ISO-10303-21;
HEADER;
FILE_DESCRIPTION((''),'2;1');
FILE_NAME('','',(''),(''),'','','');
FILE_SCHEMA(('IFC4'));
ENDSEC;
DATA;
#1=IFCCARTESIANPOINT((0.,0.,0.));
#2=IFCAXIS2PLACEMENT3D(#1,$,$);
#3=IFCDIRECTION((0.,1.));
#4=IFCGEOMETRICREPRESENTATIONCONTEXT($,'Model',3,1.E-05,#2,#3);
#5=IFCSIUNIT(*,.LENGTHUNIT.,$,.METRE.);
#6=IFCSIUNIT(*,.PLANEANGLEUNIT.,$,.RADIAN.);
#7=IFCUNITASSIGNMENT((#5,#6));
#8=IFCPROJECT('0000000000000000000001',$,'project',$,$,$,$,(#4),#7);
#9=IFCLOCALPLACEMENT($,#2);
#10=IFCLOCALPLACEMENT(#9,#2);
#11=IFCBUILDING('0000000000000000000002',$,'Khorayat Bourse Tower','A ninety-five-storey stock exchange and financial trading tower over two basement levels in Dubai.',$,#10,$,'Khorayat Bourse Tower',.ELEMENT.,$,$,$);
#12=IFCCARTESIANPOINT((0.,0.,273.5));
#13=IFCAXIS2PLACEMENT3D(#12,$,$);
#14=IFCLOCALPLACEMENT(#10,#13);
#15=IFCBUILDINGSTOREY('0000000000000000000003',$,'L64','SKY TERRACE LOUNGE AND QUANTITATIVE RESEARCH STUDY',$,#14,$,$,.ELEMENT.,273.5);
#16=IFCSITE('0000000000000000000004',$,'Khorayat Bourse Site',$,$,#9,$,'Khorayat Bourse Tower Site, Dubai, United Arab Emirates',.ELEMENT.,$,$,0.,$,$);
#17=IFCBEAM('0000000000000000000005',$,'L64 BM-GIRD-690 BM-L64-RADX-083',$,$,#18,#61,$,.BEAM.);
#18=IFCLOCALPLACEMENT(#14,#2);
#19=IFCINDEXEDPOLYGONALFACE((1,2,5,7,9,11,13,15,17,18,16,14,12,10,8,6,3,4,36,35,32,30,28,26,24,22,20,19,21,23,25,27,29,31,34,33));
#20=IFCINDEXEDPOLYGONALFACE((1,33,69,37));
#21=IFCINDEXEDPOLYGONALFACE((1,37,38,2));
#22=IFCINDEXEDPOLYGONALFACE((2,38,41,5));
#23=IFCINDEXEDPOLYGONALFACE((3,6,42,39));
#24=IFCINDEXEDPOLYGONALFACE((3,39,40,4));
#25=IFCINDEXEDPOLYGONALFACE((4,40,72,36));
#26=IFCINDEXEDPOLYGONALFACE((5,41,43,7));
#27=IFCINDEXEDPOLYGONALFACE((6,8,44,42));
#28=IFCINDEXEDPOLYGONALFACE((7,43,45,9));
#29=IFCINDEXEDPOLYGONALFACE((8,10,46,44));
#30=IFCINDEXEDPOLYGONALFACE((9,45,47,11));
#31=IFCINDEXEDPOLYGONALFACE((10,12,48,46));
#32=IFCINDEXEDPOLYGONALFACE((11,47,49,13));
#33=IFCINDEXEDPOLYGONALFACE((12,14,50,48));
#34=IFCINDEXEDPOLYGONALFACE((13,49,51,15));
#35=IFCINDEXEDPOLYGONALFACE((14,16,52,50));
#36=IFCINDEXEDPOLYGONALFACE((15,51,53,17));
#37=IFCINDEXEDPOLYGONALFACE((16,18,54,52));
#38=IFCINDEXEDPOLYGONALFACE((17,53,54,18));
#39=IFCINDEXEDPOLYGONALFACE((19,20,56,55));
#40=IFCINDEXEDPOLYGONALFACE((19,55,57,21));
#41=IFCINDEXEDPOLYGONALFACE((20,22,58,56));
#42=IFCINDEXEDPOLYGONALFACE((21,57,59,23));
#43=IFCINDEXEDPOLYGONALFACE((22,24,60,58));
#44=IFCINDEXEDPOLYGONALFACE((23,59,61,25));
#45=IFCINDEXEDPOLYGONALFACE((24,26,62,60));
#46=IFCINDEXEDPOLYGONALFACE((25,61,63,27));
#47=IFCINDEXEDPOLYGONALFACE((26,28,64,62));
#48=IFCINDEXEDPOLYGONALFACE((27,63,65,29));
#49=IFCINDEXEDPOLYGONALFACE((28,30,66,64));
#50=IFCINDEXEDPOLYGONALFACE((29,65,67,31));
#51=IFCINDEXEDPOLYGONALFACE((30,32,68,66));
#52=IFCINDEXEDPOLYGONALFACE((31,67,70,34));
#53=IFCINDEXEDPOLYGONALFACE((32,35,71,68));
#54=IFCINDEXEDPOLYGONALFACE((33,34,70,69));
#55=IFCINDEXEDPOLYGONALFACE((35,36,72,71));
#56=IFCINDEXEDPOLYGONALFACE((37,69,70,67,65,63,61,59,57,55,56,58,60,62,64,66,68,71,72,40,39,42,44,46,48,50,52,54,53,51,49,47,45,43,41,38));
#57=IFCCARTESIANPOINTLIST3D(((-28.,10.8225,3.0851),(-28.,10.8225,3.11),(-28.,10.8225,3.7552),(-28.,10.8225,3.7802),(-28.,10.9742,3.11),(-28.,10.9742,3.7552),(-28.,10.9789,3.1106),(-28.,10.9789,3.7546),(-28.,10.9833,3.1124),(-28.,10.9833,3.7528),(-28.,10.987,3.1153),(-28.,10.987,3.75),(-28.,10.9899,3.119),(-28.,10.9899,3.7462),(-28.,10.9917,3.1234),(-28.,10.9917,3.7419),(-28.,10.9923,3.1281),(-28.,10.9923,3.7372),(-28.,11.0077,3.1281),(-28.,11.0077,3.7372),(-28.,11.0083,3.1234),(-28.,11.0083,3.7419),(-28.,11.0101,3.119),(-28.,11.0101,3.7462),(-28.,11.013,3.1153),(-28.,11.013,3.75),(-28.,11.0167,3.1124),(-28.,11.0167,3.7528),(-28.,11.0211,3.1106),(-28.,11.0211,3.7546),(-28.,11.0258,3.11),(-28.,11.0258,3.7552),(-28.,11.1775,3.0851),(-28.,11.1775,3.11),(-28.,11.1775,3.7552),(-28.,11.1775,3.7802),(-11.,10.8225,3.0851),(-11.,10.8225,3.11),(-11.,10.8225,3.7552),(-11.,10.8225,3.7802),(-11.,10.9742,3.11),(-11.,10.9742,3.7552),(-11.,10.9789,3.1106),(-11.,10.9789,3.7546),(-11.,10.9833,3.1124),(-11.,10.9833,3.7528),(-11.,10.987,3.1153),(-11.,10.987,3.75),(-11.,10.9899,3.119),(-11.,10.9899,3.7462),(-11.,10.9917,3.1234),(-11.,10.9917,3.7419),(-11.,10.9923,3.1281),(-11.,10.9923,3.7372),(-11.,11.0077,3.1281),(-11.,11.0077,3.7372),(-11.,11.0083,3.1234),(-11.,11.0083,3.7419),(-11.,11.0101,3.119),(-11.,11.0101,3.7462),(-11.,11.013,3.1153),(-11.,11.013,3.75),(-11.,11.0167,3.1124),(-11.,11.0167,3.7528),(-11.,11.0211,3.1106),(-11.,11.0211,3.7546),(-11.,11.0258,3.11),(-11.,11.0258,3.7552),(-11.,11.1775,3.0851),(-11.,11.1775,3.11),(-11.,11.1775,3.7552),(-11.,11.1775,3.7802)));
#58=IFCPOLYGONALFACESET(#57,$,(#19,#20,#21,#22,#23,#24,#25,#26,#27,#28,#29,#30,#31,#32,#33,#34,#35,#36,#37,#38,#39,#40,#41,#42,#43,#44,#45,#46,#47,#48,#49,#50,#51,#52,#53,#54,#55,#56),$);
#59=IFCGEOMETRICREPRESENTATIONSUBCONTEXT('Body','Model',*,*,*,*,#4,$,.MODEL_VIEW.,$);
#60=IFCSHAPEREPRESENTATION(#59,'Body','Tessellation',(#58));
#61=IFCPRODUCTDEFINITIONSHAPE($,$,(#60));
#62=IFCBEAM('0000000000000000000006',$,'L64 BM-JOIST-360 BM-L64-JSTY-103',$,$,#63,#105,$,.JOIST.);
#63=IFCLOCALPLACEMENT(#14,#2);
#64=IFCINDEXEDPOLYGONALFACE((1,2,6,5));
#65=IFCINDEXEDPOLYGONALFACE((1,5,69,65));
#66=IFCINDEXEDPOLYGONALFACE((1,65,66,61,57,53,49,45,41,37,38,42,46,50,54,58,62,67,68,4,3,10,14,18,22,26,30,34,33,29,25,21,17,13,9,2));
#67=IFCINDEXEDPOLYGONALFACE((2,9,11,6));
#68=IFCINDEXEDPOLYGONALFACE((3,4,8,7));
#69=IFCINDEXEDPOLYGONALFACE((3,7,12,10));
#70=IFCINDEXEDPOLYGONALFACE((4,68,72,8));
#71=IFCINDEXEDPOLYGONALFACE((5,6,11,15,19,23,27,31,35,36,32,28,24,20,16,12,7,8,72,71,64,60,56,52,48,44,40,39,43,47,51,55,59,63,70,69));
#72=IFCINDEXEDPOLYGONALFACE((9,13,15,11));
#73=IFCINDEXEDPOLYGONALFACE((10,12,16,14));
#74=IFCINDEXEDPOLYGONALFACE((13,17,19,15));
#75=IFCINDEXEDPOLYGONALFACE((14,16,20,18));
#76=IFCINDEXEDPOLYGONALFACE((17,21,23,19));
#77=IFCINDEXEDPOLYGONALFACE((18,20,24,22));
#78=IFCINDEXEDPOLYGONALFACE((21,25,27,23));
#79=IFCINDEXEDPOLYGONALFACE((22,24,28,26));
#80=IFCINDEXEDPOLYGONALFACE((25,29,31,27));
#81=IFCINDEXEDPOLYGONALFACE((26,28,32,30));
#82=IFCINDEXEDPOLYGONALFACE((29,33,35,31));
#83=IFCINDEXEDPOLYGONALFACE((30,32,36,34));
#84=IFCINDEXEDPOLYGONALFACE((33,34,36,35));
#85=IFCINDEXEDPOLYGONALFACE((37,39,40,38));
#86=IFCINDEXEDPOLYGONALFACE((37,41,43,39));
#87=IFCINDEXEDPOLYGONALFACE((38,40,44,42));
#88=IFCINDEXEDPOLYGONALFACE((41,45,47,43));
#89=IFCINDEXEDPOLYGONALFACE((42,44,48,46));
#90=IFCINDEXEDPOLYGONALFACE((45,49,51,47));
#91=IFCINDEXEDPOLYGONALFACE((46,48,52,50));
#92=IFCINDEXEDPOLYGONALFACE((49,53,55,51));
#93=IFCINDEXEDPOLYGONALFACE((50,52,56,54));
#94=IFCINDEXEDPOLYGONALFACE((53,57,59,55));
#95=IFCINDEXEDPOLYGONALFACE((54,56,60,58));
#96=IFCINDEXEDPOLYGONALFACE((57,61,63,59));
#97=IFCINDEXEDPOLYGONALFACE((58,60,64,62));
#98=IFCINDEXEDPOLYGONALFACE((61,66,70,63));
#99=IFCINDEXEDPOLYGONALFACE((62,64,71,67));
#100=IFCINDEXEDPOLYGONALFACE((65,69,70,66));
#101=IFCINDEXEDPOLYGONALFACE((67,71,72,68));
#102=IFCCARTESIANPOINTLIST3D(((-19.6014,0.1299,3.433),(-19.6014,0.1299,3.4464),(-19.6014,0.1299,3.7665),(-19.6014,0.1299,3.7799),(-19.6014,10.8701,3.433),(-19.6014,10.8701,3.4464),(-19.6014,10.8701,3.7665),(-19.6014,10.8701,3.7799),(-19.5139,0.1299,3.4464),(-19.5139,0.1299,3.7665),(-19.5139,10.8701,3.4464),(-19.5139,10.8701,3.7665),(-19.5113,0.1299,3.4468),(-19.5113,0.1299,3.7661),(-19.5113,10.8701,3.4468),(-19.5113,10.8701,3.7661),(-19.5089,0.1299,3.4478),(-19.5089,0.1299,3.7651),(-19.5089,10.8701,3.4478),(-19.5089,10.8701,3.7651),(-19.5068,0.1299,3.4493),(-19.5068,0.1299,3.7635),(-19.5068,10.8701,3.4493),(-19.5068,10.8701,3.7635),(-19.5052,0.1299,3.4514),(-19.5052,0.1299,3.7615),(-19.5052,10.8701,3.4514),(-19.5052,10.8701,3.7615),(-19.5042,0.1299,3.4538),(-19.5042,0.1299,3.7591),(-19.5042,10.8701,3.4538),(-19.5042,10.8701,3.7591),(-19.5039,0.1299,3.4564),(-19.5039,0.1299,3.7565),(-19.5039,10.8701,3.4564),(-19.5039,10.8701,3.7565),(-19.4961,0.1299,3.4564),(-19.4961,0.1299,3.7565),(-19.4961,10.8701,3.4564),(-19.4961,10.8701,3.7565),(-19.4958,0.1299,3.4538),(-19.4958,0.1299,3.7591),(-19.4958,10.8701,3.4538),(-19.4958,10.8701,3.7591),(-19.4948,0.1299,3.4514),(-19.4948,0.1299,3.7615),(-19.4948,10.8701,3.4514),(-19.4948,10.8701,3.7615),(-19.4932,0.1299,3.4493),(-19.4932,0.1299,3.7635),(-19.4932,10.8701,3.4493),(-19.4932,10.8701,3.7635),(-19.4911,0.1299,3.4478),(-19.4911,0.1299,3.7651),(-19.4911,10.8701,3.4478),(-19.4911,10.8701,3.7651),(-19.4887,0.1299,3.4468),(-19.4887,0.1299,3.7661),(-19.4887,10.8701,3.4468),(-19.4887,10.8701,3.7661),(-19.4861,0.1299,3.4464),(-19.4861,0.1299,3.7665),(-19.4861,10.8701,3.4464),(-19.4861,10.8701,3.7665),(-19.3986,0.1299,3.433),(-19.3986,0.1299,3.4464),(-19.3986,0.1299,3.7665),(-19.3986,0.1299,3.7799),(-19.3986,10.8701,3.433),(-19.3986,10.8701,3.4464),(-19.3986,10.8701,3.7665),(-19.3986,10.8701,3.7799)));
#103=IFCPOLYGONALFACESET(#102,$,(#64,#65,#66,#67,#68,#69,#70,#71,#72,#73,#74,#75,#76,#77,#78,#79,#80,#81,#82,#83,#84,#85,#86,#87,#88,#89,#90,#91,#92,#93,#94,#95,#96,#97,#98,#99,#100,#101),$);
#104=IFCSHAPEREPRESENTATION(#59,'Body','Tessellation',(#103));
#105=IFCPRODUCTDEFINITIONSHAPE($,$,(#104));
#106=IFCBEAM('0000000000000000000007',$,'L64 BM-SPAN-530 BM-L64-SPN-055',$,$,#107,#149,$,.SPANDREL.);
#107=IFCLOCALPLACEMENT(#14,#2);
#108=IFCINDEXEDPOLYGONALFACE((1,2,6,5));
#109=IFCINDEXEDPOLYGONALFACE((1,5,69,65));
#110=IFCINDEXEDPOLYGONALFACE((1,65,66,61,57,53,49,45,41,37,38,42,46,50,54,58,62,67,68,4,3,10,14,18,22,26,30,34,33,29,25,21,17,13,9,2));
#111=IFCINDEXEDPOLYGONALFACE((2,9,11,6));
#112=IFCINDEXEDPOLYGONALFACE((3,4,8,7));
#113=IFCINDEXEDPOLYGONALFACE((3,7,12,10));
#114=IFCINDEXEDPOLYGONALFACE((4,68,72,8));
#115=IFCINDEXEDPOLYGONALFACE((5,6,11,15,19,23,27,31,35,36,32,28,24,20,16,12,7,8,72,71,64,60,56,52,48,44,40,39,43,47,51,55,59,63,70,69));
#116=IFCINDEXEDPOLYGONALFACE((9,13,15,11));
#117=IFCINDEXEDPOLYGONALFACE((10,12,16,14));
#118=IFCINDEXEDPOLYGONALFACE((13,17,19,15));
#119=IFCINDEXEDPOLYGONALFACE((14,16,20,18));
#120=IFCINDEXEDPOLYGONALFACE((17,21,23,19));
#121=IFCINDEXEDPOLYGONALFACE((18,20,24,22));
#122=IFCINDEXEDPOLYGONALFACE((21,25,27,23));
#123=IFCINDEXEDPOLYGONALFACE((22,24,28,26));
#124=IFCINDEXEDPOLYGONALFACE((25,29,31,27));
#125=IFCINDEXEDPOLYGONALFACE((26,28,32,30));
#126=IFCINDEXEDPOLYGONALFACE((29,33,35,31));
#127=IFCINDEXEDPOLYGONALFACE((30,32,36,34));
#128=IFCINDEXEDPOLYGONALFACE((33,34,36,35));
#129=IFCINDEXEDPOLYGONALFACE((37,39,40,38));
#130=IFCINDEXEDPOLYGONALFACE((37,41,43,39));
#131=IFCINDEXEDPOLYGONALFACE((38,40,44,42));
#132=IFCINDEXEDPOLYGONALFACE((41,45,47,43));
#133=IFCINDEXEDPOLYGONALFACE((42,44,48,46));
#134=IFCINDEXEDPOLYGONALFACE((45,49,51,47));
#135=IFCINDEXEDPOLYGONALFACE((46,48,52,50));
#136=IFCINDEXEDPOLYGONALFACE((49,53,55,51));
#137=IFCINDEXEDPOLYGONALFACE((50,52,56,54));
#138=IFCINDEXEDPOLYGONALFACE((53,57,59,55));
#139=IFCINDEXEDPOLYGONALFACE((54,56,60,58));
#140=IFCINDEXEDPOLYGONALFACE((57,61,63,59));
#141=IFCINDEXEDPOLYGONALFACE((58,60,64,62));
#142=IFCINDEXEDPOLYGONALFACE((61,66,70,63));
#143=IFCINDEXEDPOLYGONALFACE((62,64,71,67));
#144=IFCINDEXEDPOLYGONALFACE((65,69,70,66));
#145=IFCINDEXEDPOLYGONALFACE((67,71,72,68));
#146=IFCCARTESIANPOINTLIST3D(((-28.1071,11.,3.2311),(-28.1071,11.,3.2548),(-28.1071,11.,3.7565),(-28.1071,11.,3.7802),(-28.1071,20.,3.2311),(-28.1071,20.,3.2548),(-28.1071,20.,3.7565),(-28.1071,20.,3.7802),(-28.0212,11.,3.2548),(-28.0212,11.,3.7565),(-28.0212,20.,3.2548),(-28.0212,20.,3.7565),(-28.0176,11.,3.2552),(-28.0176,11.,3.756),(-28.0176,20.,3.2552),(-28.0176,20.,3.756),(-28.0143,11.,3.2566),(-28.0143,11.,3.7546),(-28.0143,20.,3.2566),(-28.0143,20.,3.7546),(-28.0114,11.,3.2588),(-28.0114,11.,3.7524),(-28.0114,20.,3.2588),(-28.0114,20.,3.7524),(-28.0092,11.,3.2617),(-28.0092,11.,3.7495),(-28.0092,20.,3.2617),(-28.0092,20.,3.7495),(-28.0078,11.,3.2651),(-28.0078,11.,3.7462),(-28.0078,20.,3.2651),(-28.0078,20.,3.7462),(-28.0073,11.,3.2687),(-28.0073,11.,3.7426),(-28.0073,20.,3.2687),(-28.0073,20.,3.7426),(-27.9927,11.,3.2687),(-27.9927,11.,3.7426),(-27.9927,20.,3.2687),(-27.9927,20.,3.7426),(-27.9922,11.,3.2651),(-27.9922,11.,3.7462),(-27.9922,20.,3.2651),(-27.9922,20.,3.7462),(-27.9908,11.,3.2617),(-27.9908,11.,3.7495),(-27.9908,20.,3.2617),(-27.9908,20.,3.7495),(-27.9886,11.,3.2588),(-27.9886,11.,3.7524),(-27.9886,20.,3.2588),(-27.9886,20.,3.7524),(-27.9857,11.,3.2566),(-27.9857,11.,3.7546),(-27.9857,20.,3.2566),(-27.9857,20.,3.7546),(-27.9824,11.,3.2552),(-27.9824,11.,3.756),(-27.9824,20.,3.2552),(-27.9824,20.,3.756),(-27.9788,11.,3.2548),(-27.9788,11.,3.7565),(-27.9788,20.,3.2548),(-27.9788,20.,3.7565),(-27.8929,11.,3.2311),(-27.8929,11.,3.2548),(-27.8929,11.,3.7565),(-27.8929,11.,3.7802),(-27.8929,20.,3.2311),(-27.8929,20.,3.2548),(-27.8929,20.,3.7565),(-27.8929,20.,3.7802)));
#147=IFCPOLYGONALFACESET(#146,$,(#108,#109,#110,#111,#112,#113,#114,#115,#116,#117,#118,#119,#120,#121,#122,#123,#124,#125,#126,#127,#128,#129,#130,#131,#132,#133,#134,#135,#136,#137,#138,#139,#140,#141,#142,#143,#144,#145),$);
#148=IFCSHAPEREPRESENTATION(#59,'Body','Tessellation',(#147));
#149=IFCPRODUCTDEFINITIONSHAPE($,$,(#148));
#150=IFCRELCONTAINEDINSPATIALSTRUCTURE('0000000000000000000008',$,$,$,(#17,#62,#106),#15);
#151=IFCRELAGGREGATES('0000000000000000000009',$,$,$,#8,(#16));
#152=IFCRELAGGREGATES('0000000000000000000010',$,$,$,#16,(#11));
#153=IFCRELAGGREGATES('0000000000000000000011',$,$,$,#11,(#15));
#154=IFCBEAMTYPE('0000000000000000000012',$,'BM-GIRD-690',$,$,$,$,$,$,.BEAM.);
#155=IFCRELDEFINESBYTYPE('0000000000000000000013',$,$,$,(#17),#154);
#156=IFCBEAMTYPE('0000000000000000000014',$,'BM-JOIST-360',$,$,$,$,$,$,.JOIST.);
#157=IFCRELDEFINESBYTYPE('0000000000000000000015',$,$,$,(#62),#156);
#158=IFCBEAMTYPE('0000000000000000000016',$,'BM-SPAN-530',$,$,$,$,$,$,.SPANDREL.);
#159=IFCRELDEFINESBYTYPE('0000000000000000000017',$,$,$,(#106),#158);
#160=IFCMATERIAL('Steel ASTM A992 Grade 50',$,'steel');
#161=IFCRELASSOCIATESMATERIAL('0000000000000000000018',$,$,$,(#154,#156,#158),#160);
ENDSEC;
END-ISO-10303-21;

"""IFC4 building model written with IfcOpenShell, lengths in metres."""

from ifc_helpers import new_model, si_unit, direction, frame, origin, origin_2d, place, context, subcontext, project, spatial, i_section, extrude, source, transform, mapped, material, material_profile, profile_set, type_object, element, save


model = new_model("IFC4")

# Units and contexts
model_context = context("Model", 3, precision=1e-05, world=origin(), true_north=direction((0.0, 1.0)))
body_context = subcontext(model_context, "Body", "Model", "MODEL_VIEW")
ifc_project = project(units=[si_unit("LENGTHUNIT", "METRE"), si_unit("PLANEANGLEUNIT", "RADIAN")], contexts=[model_context])

# Site, building, storey
site_placement = place(None, origin())
site = spatial("IfcSite", under=ifc_project, at=site_placement, Name="Khorayat Bourse Site", LongName="Khorayat Bourse Tower Site, Dubai, United Arab Emirates", CompositionType="ELEMENT", RefElevation=0.0)
building_placement = place(site_placement, origin())
building = spatial("IfcBuilding", under=site, at=building_placement, Name="Khorayat Bourse Tower", Description="A ninety-five-storey stock exchange and financial trading tower over two basement levels in Dubai.", LongName="Khorayat Bourse Tower", CompositionType="ELEMENT")
storey_placement = place(building_placement, frame((0.0, 0.0, 273.5)))
storey = spatial("IfcBuildingStorey", under=building, at=storey_placement, Name="L64", Description="SKY TERRACE LOUNGE AND QUANTITATIVE RESEARCH STUDY", CompositionType="ELEMENT", Elevation=273.5)

# Beams
ifc_material_1 = material(Name="Steel ASTM A992 Grade 50", Category="steel")
ifc_material_profile_1 = material_profile(ifc_material_1, i_section(OverallWidth=0.355, OverallDepth=0.6951, WebThickness=0.0154, FlangeThickness=0.0249, FilletRadius=0.0181, at=origin_2d()), Name="W690X217")
ifc_profile_set_1 = profile_set([ifc_material_profile_1], Name="Steel ASTM A992 Grade 50")
beam_type_1 = type_object("IfcBeamType", Name="BM-GIRD-690", PredefinedType="BEAM", material=ifc_profile_set_1)
shared_shape_1 = source(origin(), body_context, "Body", "SweptSolid", [
    extrude(i_section(OverallWidth=0.355, OverallDepth=0.6951, WebThickness=0.0154, FlangeThickness=0.0249, FilletRadius=0.0181, at=origin_2d()), origin(), (0.0, 0.0, 1.0), 17.0),
])
for number, where, z_axis, x_axis, name in (
    (1, (-28.0, 11.0, 3.4326), (1.0, 0.0, 0.0), (0.0, 1.0, 0.0), "L64 BM-GIRD-690 BM-L64-RADX-083"),
):
    element("IfcBeam", number, at=place(storey_placement, frame(where, z_axis=z_axis, x_axis=x_axis)), inside=storey, type_object=beam_type_1, Name=name, PredefinedType="BEAM", context=body_context, shape_type="MappedRepresentation", body=[
        mapped(shared_shape_1, transform((0.0, 0.0, 0.0), scale=1.0)),
    ])
ifc_material_profile_2 = material_profile(ifc_material_1, i_section(OverallWidth=0.2029, OverallDepth=0.3469, WebThickness=0.0078, FlangeThickness=0.0134, FilletRadius=0.01, at=origin_2d()), Name="W360X64")
ifc_profile_set_2 = profile_set([ifc_material_profile_2], Name="Steel ASTM A992 Grade 50")
beam_type_2 = type_object("IfcBeamType", Name="BM-JOIST-360", PredefinedType="JOIST", material=ifc_profile_set_2)
shared_shape_2 = source(origin(), body_context, "Body", "SweptSolid", [
    extrude(i_section(OverallWidth=0.2029, OverallDepth=0.3469, WebThickness=0.0078, FlangeThickness=0.0134, FilletRadius=0.01, at=origin_2d()), origin(), (0.0, 0.0, 1.0), 10.7402),
])
beam_1_placement = place(storey_placement, frame((-19.5, 0.1299, 3.6064), z_axis=(0.0, 1.0, 0.0), x_axis=(-1.0, 0.0, 0.0)))
element("IfcBeam", 2, at=beam_1_placement, inside=storey, type_object=beam_type_2, Name="L64 BM-JOIST-360 BM-L64-JSTY-103", PredefinedType="JOIST", context=body_context, shape_type="MappedRepresentation", body=[
    mapped(shared_shape_2, transform((0.0, 0.0, 0.0), scale=1.0)),
])
ifc_material_profile_3 = material_profile(ifc_material_1, i_section(OverallWidth=0.2141, OverallDepth=0.5491, WebThickness=0.0146, FlangeThickness=0.0237, FilletRadius=0.0139, at=origin_2d()), Name="W530X138")
ifc_profile_set_3 = profile_set([ifc_material_profile_3], Name="Steel ASTM A992 Grade 50")
beam_type_3 = type_object("IfcBeamType", Name="BM-SPAN-530", PredefinedType="SPANDREL", material=ifc_profile_set_3)
shared_shape_3 = source(origin(), body_context, "Body", "SweptSolid", [
    extrude(i_section(OverallWidth=0.2141, OverallDepth=0.5491, WebThickness=0.0146, FlangeThickness=0.0237, FilletRadius=0.0139, at=origin_2d()), origin(), (0.0, 0.0, 1.0), 9.0),
])
beam_2_placement = place(storey_placement, frame((-28.0, 11.0, 3.5056), z_axis=(0.0, 1.0, 0.0), x_axis=(-1.0, 0.0, 0.0)))
element("IfcBeam", 3, at=beam_2_placement, inside=storey, type_object=beam_type_3, Name="L64 BM-SPAN-530 BM-L64-SPN-055", PredefinedType="SPANDREL", context=body_context, shape_type="MappedRepresentation", body=[
    mapped(shared_shape_3, transform((0.0, 0.0, 0.0), scale=1.0)),
])

save(model, "model.ifc")
